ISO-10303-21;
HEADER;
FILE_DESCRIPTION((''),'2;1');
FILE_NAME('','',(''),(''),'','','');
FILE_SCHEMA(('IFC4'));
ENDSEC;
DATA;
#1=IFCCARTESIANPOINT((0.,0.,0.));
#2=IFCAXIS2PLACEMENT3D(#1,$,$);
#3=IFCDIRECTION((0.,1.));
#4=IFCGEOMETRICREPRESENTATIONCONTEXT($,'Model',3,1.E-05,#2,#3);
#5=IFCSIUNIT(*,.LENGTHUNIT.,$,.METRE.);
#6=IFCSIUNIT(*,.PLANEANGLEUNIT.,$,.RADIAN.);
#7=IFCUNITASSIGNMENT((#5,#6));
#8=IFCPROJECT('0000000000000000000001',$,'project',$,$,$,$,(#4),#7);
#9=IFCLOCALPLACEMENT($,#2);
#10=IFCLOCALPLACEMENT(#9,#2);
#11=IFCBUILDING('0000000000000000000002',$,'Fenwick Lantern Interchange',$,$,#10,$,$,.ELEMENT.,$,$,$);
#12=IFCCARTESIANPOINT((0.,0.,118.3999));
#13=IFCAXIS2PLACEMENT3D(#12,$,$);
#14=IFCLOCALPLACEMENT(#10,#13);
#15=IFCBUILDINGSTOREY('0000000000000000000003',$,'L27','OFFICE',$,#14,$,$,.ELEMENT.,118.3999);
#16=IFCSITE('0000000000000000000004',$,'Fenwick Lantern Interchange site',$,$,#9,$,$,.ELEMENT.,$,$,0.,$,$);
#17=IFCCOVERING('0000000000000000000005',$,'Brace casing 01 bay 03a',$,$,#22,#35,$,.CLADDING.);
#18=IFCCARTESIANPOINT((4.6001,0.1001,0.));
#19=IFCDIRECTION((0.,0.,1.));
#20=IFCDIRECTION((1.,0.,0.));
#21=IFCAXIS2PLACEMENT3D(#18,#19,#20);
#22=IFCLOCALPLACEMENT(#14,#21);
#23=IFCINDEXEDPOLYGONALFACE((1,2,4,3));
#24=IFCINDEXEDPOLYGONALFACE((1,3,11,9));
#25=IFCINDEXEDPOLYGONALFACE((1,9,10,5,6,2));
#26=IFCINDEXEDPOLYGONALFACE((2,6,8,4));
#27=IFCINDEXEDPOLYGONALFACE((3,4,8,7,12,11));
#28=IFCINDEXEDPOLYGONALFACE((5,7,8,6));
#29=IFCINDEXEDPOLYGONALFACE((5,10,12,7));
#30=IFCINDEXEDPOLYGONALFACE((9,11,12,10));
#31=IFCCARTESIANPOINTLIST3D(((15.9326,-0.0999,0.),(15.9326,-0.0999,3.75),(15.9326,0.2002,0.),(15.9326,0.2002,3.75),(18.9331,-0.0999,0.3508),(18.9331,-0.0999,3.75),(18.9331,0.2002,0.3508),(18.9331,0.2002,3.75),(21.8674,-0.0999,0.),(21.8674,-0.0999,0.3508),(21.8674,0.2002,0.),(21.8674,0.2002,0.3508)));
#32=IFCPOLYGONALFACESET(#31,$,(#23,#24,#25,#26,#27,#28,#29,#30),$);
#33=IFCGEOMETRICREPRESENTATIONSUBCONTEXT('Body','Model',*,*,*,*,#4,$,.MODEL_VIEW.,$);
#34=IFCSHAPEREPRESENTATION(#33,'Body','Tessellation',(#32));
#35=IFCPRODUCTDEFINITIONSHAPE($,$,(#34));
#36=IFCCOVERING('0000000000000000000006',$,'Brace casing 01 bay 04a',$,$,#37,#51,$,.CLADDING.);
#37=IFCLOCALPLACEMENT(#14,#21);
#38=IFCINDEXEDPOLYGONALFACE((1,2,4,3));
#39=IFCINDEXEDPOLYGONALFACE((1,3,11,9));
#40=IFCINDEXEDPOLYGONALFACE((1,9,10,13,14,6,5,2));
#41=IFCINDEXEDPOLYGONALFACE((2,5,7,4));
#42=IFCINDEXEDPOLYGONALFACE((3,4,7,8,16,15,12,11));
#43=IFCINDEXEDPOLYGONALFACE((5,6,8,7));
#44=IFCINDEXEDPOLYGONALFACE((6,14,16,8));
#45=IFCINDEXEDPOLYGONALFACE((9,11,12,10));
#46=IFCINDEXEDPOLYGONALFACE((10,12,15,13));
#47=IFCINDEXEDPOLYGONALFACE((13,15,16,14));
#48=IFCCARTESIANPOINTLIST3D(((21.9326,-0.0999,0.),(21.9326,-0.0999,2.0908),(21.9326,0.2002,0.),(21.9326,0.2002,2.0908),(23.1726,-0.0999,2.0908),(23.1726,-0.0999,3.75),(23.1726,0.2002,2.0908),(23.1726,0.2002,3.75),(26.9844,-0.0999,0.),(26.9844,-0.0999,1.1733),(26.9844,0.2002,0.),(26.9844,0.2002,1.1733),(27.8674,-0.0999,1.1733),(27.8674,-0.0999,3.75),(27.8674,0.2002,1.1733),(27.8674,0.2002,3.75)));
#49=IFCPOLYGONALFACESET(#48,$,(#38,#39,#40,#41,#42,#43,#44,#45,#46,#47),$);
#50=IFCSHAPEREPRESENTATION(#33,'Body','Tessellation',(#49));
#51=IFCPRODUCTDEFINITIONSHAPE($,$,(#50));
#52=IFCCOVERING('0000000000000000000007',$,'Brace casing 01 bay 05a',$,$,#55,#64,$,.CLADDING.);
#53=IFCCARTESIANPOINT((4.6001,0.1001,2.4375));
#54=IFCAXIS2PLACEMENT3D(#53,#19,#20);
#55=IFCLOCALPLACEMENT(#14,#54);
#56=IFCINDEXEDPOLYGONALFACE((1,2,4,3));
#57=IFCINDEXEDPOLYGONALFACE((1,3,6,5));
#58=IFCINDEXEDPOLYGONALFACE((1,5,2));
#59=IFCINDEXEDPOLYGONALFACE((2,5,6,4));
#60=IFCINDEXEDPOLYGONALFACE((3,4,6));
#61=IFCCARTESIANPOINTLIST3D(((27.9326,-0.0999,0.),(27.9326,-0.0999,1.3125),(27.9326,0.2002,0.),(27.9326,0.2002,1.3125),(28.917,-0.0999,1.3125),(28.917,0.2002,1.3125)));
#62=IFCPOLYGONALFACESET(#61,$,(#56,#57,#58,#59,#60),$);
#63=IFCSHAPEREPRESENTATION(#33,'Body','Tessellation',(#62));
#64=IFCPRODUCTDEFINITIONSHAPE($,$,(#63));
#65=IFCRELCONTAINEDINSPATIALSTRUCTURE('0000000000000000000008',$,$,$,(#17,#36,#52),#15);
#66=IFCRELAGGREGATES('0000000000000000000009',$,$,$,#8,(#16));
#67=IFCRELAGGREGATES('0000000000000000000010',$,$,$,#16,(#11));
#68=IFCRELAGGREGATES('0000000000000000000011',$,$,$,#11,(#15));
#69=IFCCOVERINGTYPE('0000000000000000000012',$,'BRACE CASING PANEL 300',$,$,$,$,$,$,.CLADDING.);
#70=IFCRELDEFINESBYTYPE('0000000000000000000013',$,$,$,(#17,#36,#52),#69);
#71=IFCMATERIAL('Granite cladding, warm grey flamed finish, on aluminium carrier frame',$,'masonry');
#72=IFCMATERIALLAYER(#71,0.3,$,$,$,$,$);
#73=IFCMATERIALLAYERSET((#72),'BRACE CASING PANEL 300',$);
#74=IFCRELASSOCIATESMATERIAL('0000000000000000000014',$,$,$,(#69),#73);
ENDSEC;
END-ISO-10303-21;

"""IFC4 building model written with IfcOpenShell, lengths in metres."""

from ifc_helpers import new_model, si_unit, direction, frame, origin, place, context, subcontext, project, spatial, polyline, outline, extrude, material, layer, layer_set, type_object, element, save


model = new_model("IFC4")

# Units and contexts
model_context = context("Model", 3, precision=1e-05, world=origin(), true_north=direction((0.0, 1.0)))
body_context = subcontext(model_context, "Body", "Model", "MODEL_VIEW")
ifc_project = project(units=[si_unit("LENGTHUNIT", "METRE"), si_unit("PLANEANGLEUNIT", "RADIAN")], contexts=[model_context])

# Site, building, storey
site_placement = place(None, origin())
site = spatial("IfcSite", under=ifc_project, at=site_placement, Name="Fenwick Lantern Interchange site", CompositionType="ELEMENT", RefElevation=0.0)
building_placement = place(site_placement, origin())
building = spatial("IfcBuilding", under=site, at=building_placement, Name="Fenwick Lantern Interchange", CompositionType="ELEMENT")
storey_placement = place(building_placement, frame((0.0, 0.0, 118.3999)))
storey = spatial("IfcBuildingStorey", under=building, at=storey_placement, Name="L27", Description="OFFICE", CompositionType="ELEMENT", Elevation=118.3999)

# Coverings
ifc_material_1 = material(Name="Granite cladding, warm grey flamed finish, on aluminium carrier frame", Category="masonry")
ifc_layer_1 = layer(ifc_material_1, 0.3)
ifc_layer_set_1 = layer_set([ifc_layer_1], Name="BRACE CASING PANEL 300")
covering_type = type_object("IfcCoveringType", Name="BRACE CASING PANEL 300", PredefinedType="CLADDING", material=ifc_layer_set_1)
covering_1_placement = place(storey_placement, frame((4.6001, 0.1001, 0.0), z_axis=(0.0, 0.0, 1.0), x_axis=(1.0, 0.0, 0.0)))
element("IfcCovering", 1, at=covering_1_placement, inside=storey, type_object=covering_type, Name="Brace casing 01 bay 03a", PredefinedType="CLADDING", context=body_context, shape_type="SweptSolid", body=[
    extrude(outline(polyline([(15.9326, 0.0), (21.8674, 0.0), (21.8674, 0.3508), (18.9331, 0.3508), (18.9331, 3.75), (15.9326, 3.75), (15.9326, 0.0)])), frame((0.0, 0.2002, 0.0), z_axis=(0.0, -1.0, 0.0), x_axis=(1.0, 0.0, 0.0)), (0.0, 0.0, 1.0), 0.3),
])
covering_2_placement = place(storey_placement, frame((4.6001, 0.1001, 0.0), z_axis=(0.0, 0.0, 1.0), x_axis=(1.0, 0.0, 0.0)))
element("IfcCovering", 2, at=covering_2_placement, inside=storey, type_object=covering_type, Name="Brace casing 01 bay 04a", PredefinedType="CLADDING", context=body_context, shape_type="SweptSolid", body=[
    extrude(outline(polyline([(21.9326, 0.0), (26.9844, 0.0), (26.9844, 1.1733), (27.8674, 1.1733), (27.8674, 3.75), (23.1726, 3.75), (23.1726, 2.0908), (21.9326, 2.0908), (21.9326, 0.0)])), frame((0.0, 0.2002, 0.0), z_axis=(0.0, -1.0, 0.0), x_axis=(1.0, 0.0, 0.0)), (0.0, 0.0, 1.0), 0.3),
])
covering_3_placement = place(storey_placement, frame((4.6001, 0.1001, 2.4375), z_axis=(0.0, 0.0, 1.0), x_axis=(1.0, 0.0, 0.0)))
element("IfcCovering", 3, at=covering_3_placement, inside=storey, type_object=covering_type, Name="Brace casing 01 bay 05a", PredefinedType="CLADDING", context=body_context, shape_type="SweptSolid", body=[
    extrude(outline(polyline([(27.9326, 0.0), (28.917, 1.3125), (27.9326, 1.3125), (27.9326, 0.0)])), frame((0.0, 0.2002, 0.0), z_axis=(0.0, -1.0, 0.0), x_axis=(1.0, 0.0, 0.0)), (0.0, 0.0, 1.0), 0.3),
])

save(model, "model.ifc")
